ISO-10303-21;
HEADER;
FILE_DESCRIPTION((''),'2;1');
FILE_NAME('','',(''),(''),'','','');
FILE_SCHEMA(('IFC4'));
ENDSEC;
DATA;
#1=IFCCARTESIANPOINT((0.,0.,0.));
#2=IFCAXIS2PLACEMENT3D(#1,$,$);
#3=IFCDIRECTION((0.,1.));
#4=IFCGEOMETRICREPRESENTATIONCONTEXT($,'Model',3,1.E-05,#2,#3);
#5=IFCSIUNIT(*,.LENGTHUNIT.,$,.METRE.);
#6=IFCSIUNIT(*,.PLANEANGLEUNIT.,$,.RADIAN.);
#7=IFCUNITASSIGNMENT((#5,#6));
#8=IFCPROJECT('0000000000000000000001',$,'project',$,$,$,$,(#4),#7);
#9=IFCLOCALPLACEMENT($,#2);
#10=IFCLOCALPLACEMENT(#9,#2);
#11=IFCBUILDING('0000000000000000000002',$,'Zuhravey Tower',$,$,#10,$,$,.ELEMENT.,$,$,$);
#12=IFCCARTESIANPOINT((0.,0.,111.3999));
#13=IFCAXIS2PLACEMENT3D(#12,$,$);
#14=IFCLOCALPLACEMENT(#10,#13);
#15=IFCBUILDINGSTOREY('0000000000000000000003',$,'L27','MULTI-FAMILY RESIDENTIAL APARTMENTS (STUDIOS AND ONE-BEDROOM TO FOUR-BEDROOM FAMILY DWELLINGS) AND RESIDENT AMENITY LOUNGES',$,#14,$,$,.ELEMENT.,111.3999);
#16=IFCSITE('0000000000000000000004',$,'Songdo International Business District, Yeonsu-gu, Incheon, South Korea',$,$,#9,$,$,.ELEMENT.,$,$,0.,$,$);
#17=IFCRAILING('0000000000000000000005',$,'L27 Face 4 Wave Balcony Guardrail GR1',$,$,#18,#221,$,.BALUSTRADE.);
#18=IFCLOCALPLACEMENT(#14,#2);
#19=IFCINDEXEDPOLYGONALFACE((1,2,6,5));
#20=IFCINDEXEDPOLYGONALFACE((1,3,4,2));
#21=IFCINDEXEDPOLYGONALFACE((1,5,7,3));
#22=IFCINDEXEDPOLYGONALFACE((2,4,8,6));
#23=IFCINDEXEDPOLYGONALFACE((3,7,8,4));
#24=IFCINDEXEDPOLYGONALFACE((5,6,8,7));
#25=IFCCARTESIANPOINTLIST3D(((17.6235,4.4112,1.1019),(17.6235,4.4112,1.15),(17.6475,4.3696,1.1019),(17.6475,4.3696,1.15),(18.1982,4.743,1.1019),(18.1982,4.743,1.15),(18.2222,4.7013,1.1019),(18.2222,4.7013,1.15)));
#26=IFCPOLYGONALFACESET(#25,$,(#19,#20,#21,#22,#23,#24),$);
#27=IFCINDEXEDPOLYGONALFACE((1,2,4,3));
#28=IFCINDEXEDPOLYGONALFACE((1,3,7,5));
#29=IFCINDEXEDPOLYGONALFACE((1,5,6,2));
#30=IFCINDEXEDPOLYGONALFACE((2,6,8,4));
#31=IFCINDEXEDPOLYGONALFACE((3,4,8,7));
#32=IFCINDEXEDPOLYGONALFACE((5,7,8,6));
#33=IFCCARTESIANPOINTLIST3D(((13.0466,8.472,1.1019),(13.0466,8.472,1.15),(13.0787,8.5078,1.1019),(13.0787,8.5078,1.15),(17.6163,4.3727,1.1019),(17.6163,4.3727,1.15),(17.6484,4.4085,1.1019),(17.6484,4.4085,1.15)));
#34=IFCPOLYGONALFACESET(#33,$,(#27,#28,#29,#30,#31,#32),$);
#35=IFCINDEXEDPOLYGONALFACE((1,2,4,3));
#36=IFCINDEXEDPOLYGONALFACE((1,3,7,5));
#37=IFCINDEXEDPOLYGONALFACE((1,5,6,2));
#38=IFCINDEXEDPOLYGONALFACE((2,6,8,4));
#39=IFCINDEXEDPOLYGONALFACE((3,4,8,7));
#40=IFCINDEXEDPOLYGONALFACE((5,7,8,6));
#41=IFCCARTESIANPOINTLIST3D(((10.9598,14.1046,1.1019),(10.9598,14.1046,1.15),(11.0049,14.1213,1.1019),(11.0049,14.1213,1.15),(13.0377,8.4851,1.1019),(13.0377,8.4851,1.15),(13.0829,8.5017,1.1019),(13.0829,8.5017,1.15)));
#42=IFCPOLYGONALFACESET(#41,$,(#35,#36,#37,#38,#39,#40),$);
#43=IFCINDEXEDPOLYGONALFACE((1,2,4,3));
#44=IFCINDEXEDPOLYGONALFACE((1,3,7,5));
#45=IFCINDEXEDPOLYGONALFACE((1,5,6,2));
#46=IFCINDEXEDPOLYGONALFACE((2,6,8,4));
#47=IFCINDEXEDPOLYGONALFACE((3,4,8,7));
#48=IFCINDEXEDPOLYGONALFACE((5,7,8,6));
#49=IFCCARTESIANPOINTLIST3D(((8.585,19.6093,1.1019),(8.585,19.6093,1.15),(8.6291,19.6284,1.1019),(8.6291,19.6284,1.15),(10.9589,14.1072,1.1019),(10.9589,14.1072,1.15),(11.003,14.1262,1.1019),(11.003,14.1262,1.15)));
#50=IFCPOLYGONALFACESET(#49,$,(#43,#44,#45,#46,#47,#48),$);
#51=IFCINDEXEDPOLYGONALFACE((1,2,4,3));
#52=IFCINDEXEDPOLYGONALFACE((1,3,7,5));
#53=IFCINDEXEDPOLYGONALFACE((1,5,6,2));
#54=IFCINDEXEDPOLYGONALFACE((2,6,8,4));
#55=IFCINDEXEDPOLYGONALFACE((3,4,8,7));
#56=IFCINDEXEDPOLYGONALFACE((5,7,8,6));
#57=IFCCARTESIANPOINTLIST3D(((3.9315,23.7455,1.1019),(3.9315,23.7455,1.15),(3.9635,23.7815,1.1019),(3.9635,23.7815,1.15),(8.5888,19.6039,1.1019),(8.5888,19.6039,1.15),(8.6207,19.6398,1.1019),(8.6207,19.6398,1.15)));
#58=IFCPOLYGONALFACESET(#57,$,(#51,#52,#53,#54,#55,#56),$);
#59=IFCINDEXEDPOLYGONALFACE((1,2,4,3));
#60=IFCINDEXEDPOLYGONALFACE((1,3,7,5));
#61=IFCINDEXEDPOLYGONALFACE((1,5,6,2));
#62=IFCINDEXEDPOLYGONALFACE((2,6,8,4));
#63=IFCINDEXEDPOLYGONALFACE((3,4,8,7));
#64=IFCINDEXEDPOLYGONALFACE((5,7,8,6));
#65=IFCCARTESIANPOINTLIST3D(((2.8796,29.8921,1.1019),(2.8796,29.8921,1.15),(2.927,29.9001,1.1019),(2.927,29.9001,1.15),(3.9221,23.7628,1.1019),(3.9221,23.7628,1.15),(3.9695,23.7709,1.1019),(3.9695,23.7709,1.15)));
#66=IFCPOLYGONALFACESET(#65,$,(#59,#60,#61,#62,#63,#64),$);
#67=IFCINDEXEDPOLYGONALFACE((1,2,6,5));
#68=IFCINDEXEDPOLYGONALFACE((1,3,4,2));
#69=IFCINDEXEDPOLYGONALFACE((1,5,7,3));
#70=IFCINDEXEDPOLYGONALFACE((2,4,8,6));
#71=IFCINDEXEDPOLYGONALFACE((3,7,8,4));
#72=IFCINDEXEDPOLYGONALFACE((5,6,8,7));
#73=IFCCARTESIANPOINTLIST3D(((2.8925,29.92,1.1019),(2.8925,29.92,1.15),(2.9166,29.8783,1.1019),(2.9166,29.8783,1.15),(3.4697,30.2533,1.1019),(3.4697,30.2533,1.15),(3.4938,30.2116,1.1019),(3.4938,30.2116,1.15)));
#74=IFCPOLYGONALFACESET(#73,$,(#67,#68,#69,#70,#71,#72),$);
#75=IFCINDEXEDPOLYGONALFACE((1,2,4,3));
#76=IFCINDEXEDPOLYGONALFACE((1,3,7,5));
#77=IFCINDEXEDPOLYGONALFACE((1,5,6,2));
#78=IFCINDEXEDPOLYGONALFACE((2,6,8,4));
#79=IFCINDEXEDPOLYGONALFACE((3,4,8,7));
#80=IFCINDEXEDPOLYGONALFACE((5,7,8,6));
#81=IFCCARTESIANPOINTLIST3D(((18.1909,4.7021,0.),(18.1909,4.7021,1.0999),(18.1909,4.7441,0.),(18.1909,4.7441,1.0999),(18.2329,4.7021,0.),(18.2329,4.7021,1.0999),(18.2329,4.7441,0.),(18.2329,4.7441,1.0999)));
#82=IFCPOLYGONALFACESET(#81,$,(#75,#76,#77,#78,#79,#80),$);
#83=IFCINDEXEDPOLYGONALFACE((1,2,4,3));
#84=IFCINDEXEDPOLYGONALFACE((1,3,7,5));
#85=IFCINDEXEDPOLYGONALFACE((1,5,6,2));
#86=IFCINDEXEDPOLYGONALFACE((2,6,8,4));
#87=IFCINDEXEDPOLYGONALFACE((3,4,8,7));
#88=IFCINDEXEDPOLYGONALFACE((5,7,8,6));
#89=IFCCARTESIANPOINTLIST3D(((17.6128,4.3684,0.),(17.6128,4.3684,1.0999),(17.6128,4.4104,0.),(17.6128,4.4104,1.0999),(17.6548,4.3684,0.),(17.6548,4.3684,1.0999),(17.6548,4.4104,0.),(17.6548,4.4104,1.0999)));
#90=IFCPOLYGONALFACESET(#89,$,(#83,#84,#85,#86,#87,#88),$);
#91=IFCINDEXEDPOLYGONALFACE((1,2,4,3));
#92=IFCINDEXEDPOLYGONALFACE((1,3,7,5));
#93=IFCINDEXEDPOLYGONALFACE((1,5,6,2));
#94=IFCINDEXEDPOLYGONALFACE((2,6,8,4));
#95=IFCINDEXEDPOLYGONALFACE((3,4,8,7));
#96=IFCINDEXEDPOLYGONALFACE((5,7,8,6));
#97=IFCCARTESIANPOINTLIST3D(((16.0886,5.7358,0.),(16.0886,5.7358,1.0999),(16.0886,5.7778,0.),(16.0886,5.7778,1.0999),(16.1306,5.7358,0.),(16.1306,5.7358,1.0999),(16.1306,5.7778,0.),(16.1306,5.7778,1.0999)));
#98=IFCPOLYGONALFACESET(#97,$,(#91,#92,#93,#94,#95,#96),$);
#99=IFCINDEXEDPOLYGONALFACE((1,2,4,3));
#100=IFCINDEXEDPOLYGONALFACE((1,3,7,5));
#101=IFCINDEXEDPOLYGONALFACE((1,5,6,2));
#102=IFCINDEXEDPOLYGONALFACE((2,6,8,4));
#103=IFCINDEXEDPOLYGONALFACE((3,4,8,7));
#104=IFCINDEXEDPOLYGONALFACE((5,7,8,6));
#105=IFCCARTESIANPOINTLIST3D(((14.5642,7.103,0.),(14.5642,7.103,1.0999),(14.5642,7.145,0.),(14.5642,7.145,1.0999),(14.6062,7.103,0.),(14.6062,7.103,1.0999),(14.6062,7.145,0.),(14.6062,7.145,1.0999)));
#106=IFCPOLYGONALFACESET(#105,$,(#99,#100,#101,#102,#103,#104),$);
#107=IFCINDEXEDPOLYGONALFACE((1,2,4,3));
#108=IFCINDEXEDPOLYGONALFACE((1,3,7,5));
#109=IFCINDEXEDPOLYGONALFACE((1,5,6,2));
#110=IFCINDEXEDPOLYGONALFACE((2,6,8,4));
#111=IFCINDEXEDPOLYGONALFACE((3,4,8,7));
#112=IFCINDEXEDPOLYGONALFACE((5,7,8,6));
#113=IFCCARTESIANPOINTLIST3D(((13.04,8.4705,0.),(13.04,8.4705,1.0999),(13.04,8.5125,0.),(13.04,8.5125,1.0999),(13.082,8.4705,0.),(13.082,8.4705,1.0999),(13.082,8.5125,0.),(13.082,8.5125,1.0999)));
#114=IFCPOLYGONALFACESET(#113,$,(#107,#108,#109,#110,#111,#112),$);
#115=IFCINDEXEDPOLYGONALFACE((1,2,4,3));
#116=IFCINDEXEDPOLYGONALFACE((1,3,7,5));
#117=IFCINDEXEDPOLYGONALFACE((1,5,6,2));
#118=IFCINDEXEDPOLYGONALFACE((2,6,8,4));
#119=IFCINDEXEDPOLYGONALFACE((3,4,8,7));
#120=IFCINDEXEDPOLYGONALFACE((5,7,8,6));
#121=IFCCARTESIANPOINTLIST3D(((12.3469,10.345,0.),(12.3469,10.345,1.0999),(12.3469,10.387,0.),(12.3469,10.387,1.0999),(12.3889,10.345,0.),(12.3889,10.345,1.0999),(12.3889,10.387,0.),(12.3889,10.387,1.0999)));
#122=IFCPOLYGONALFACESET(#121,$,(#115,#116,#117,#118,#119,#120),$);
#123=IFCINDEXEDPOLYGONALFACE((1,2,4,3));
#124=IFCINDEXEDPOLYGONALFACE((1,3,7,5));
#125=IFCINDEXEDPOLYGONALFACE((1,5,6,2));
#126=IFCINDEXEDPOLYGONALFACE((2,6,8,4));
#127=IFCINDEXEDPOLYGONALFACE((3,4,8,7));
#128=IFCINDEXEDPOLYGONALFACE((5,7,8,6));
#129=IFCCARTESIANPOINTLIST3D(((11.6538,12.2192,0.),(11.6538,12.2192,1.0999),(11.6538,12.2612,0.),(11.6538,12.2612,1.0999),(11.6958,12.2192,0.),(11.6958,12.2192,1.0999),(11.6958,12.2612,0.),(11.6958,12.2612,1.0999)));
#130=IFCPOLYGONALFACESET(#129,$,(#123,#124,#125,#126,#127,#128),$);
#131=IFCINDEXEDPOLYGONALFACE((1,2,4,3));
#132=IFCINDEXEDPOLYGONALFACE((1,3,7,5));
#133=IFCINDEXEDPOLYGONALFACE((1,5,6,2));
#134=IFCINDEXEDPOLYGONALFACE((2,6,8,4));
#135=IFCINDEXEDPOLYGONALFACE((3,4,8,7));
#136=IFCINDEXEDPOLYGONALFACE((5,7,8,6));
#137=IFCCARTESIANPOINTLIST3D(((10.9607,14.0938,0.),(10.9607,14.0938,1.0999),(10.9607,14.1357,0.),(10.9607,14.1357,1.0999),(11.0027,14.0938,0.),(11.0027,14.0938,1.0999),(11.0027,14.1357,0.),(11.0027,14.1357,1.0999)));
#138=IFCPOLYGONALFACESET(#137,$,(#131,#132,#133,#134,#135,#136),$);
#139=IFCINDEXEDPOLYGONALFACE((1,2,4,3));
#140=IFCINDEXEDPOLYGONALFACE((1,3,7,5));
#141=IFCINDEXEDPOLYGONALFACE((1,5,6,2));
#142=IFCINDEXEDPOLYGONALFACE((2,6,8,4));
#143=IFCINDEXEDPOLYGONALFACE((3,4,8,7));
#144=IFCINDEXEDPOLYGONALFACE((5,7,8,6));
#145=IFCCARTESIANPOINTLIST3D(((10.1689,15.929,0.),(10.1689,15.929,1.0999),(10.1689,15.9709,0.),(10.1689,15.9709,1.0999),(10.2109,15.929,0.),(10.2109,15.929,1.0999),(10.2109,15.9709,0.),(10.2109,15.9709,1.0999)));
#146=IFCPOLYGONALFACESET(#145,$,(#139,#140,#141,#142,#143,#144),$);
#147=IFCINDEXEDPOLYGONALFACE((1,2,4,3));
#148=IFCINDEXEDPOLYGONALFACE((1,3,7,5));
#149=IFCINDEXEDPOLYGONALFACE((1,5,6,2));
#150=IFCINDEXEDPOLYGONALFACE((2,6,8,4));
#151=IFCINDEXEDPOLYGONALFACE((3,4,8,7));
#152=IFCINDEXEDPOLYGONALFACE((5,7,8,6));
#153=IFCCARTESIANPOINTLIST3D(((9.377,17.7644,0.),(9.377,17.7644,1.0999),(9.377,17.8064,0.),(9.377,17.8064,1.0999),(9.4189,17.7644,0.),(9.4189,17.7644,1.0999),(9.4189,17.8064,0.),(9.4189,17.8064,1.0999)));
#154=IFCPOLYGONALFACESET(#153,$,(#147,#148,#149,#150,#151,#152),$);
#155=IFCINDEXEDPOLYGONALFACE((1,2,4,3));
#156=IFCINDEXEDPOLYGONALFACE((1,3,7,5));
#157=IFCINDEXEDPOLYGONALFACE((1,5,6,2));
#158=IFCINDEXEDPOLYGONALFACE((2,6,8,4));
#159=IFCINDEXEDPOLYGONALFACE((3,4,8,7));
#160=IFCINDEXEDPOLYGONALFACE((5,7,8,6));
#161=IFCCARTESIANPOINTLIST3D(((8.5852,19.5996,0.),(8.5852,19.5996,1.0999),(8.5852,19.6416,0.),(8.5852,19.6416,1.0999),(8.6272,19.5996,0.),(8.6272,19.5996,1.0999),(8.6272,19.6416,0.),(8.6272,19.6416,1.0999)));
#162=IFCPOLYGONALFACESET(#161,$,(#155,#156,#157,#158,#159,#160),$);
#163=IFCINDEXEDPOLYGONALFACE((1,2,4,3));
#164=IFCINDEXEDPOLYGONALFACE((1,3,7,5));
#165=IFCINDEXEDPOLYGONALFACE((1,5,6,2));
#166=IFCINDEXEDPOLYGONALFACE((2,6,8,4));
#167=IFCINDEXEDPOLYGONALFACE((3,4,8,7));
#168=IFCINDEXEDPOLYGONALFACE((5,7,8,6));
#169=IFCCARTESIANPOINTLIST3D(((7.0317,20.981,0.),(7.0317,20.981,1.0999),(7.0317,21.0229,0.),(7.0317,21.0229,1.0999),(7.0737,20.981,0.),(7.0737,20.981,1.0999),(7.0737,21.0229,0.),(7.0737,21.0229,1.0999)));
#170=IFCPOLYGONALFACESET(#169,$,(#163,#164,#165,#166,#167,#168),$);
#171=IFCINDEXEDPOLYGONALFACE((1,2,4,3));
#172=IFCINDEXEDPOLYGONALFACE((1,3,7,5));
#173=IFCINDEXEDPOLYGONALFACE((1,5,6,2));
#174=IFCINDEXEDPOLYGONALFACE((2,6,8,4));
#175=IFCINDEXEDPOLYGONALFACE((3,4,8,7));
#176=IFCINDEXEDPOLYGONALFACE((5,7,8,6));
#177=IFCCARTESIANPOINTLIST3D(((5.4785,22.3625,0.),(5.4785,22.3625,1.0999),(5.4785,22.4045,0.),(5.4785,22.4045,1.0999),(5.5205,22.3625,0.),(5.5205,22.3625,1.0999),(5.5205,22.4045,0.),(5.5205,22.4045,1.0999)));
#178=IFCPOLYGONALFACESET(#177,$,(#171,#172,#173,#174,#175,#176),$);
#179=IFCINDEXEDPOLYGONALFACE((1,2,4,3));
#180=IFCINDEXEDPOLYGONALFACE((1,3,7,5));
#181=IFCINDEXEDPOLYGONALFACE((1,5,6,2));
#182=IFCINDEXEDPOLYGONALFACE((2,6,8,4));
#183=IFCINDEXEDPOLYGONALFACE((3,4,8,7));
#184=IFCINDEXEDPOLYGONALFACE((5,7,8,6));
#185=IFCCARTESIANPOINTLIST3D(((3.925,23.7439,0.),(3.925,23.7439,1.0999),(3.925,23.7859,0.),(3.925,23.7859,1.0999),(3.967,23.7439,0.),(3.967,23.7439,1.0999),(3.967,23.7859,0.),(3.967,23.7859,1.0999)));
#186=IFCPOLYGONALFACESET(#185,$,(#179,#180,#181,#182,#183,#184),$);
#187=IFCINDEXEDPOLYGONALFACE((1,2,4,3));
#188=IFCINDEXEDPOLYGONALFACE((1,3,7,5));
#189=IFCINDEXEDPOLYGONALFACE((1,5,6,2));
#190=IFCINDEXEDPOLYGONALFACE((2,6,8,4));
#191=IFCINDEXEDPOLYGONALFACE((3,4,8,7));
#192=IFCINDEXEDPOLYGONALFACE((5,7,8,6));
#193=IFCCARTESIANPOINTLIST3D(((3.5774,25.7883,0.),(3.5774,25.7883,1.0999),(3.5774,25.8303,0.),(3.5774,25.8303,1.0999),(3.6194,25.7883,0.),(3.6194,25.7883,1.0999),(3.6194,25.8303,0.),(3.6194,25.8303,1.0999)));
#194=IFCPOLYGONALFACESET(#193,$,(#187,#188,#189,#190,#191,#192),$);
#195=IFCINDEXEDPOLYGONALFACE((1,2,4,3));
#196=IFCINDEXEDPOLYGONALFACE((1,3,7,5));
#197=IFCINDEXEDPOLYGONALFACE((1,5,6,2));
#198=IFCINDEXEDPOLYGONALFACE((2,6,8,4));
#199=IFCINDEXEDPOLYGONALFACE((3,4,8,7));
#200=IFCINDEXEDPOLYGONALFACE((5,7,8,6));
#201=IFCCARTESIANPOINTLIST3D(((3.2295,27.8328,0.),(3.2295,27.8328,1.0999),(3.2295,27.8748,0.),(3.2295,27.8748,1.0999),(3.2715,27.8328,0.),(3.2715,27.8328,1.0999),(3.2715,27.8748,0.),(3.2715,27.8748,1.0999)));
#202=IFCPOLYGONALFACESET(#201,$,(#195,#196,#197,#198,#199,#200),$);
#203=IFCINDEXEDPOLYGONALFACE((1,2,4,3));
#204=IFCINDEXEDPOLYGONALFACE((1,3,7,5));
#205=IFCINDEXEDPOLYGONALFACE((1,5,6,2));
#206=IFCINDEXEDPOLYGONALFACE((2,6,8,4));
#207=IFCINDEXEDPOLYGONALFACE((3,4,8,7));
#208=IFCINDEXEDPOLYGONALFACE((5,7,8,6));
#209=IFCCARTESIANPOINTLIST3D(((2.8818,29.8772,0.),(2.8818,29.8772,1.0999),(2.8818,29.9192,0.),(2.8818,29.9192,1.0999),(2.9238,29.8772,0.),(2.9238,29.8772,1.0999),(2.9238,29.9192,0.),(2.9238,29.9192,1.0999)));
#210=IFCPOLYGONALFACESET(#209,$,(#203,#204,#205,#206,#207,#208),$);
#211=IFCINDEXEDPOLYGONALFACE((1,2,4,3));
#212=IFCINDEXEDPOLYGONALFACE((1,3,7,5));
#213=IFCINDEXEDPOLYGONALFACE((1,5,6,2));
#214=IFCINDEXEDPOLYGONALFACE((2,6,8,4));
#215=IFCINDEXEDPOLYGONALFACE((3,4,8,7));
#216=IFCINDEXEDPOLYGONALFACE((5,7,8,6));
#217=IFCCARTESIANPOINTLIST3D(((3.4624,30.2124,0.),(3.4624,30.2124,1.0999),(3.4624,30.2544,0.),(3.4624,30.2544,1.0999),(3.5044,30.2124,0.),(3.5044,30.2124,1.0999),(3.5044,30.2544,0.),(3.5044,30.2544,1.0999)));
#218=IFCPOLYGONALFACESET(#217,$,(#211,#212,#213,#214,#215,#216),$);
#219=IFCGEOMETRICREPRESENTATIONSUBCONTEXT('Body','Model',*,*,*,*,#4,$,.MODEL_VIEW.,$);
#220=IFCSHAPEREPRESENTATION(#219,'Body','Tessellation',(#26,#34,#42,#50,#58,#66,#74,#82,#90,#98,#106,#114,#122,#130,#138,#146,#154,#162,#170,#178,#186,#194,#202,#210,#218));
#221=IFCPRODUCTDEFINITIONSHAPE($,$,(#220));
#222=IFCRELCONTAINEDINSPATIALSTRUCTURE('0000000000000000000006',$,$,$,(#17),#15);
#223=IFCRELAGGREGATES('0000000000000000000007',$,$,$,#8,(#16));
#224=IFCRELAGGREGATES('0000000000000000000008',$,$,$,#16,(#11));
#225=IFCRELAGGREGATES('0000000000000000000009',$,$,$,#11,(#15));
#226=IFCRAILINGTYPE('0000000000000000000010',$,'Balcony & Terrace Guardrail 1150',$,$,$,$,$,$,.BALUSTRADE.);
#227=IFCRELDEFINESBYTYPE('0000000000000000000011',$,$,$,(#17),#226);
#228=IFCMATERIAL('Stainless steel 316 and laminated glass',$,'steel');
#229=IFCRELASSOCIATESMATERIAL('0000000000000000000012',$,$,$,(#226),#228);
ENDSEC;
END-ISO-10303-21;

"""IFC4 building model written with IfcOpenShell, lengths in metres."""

from ifc_helpers import new_model, si_unit, direction, frame, origin, origin_2d, place, context, subcontext, project, spatial, rectangle, extrude, material, type_object, element, save


model = new_model("IFC4")

# Units and contexts
model_context = context("Model", 3, precision=1e-05, world=origin(), true_north=direction((0.0, 1.0)))
body_context = subcontext(model_context, "Body", "Model", "MODEL_VIEW")
ifc_project = project(units=[si_unit("LENGTHUNIT", "METRE"), si_unit("PLANEANGLEUNIT", "RADIAN")], contexts=[model_context])

# Site, building, storey
site_placement = place(None, origin())
site = spatial("IfcSite", under=ifc_project, at=site_placement, Name="Songdo International Business District, Yeonsu-gu, Incheon, South Korea", CompositionType="ELEMENT", RefElevation=0.0)
building_placement = place(site_placement, origin())
building = spatial("IfcBuilding", under=site, at=building_placement, Name="Zuhravey Tower", CompositionType="ELEMENT")
storey_placement = place(building_placement, frame((0.0, 0.0, 111.3999)))
storey = spatial("IfcBuildingStorey", under=building, at=storey_placement, Name="L27", Description="MULTI-FAMILY RESIDENTIAL APARTMENTS (STUDIOS AND ONE-BEDROOM TO FOUR-BEDROOM FAMILY DWELLINGS) AND RESIDENT AMENITY LOUNGES", CompositionType="ELEMENT", Elevation=111.3999)

# Railing
ifc_material_1 = material(Name="Stainless steel 316 and laminated glass", Category="steel")
railing_type = type_object("IfcRailingType", Name="Balcony & Terrace Guardrail 1150", PredefinedType="BALUSTRADE", material=ifc_material_1)
railing_placement = place(storey_placement, frame((18.2119, 4.7231, 0.0)))
element("IfcRailing", 1, at=railing_placement, inside=storey, type_object=railing_type, Name="L27 Face 4 Wave Balcony Guardrail GR1", PredefinedType="BALUSTRADE", context=body_context, shape_type="SweptSolid", body=[
    extrude(rectangle(XDim=0.0481, YDim=0.0481, at=origin_2d()), frame((-0.0017, -0.001, 1.126), z_axis=(-0.866052, -0.499955, 0.0), x_axis=(0.499955, -0.866052, 0.0)), (0.0, 0.0, 1.0), 0.6636),
    extrude(rectangle(XDim=0.0481, YDim=0.0481, at=origin_2d()), frame((-0.5796, -0.3325, 1.126), z_axis=(-0.74438, 0.667756, 0.0), x_axis=(-0.667756, -0.74438, 0.0)), (0.0, 0.0, 1.0), 6.1389),
    extrude(rectangle(XDim=0.0481, YDim=0.0481, at=origin_2d()), frame((-5.1516, 3.7703, 1.126), z_axis=(-0.346822, 0.937931, 0.0), x_axis=(-0.937931, -0.346822, 0.0)), (0.0, 0.0, 1.0), 5.9915),
    extrude(rectangle(XDim=0.0481, YDim=0.0481, at=origin_2d()), frame((-7.231, 9.3936, 1.126), z_axis=(-0.396149, 0.918186, 0.0), x_axis=(-0.918186, -0.396149, 0.0)), (0.0, 0.0, 1.0), 5.9924),
    extrude(rectangle(XDim=0.0481, YDim=0.0481, at=origin_2d()), frame((-9.6072, 14.8987, 1.126), z_axis=(-0.747256, 0.664536, 0.0), x_axis=(-0.664536, -0.747256, 0.0)), (0.0, 0.0, 1.0), 6.2324),
    extrude(rectangle(XDim=0.0481, YDim=0.0481, at=origin_2d()), frame((-14.2661, 19.0437, 1.126), z_axis=(-0.167682, 0.985841, 0.0), x_axis=(-0.985841, -0.167682, 0.0)), (0.0, 0.0, 1.0), 6.2173),
    extrude(rectangle(XDim=0.0481, YDim=0.0481, at=origin_2d()), frame((-15.3074, 25.176, 1.126), z_axis=(0.866016, 0.500017, 0.0), x_axis=(-0.500017, 0.866016, 0.0)), (0.0, 0.0, 1.0), 0.6665),
    extrude(rectangle(XDim=0.042, YDim=0.042, at=origin_2d()), origin(), (0.0, 0.0, 1.0), 1.0999),
    extrude(rectangle(XDim=0.042, YDim=0.042, at=origin_2d()), frame((-0.5781, -0.3337, 0.0)), (0.0, 0.0, 1.0), 1.0999),
    extrude(rectangle(XDim=0.042, YDim=0.042, at=origin_2d()), frame((-2.1023, 1.0337, 0.0)), (0.0, 0.0, 1.0), 1.0999),
    extrude(rectangle(XDim=0.042, YDim=0.042, at=origin_2d()), frame((-3.6267, 2.4009, 0.0)), (0.0, 0.0, 1.0), 1.0999),
    extrude(rectangle(XDim=0.042, YDim=0.042, at=origin_2d()), frame((-5.1509, 3.7683, 0.0)), (0.0, 0.0, 1.0), 1.0999),
    extrude(rectangle(XDim=0.042, YDim=0.042, at=origin_2d()), frame((-5.844, 5.6428, 0.0)), (0.0, 0.0, 1.0), 1.0999),
    extrude(rectangle(XDim=0.042, YDim=0.042, at=origin_2d()), frame((-6.5371, 7.5171, 0.0)), (0.0, 0.0, 1.0), 1.0999),
    extrude(rectangle(XDim=0.042, YDim=0.042, at=origin_2d()), frame((-7.2302, 9.3916, 0.0)), (0.0, 0.0, 1.0), 1.0999),
    extrude(rectangle(XDim=0.042, YDim=0.042, at=origin_2d()), frame((-8.022, 11.2268, 0.0)), (0.0, 0.0, 1.0), 1.0999),
    extrude(rectangle(XDim=0.042, YDim=0.042, at=origin_2d()), frame((-8.814, 13.0623, 0.0)), (0.0, 0.0, 1.0), 1.0999),
    extrude(rectangle(XDim=0.042, YDim=0.042, at=origin_2d()), frame((-9.6057, 14.8975, 0.0)), (0.0, 0.0, 1.0), 1.0999),
    extrude(rectangle(XDim=0.042, YDim=0.042, at=origin_2d()), frame((-11.1592, 16.2788, 0.0)), (0.0, 0.0, 1.0), 1.0999),
    extrude(rectangle(XDim=0.042, YDim=0.042, at=origin_2d()), frame((-12.7124, 17.6604, 0.0)), (0.0, 0.0, 1.0), 1.0999),
    extrude(rectangle(XDim=0.042, YDim=0.042, at=origin_2d()), frame((-14.2659, 19.0417, 0.0)), (0.0, 0.0, 1.0), 1.0999),
    extrude(rectangle(XDim=0.042, YDim=0.042, at=origin_2d()), frame((-14.6135, 21.0862, 0.0)), (0.0, 0.0, 1.0), 1.0999),
    extrude(rectangle(XDim=0.042, YDim=0.042, at=origin_2d()), frame((-14.9614, 23.1306, 0.0)), (0.0, 0.0, 1.0), 1.0999),
    extrude(rectangle(XDim=0.042, YDim=0.042, at=origin_2d()), frame((-15.3091, 25.175, 0.0)), (0.0, 0.0, 1.0), 1.0999),
    extrude(rectangle(XDim=0.042, YDim=0.042, at=origin_2d()), frame((-14.7285, 25.5103, 0.0)), (0.0, 0.0, 1.0), 1.0999),
])

save(model, "model.ifc")
